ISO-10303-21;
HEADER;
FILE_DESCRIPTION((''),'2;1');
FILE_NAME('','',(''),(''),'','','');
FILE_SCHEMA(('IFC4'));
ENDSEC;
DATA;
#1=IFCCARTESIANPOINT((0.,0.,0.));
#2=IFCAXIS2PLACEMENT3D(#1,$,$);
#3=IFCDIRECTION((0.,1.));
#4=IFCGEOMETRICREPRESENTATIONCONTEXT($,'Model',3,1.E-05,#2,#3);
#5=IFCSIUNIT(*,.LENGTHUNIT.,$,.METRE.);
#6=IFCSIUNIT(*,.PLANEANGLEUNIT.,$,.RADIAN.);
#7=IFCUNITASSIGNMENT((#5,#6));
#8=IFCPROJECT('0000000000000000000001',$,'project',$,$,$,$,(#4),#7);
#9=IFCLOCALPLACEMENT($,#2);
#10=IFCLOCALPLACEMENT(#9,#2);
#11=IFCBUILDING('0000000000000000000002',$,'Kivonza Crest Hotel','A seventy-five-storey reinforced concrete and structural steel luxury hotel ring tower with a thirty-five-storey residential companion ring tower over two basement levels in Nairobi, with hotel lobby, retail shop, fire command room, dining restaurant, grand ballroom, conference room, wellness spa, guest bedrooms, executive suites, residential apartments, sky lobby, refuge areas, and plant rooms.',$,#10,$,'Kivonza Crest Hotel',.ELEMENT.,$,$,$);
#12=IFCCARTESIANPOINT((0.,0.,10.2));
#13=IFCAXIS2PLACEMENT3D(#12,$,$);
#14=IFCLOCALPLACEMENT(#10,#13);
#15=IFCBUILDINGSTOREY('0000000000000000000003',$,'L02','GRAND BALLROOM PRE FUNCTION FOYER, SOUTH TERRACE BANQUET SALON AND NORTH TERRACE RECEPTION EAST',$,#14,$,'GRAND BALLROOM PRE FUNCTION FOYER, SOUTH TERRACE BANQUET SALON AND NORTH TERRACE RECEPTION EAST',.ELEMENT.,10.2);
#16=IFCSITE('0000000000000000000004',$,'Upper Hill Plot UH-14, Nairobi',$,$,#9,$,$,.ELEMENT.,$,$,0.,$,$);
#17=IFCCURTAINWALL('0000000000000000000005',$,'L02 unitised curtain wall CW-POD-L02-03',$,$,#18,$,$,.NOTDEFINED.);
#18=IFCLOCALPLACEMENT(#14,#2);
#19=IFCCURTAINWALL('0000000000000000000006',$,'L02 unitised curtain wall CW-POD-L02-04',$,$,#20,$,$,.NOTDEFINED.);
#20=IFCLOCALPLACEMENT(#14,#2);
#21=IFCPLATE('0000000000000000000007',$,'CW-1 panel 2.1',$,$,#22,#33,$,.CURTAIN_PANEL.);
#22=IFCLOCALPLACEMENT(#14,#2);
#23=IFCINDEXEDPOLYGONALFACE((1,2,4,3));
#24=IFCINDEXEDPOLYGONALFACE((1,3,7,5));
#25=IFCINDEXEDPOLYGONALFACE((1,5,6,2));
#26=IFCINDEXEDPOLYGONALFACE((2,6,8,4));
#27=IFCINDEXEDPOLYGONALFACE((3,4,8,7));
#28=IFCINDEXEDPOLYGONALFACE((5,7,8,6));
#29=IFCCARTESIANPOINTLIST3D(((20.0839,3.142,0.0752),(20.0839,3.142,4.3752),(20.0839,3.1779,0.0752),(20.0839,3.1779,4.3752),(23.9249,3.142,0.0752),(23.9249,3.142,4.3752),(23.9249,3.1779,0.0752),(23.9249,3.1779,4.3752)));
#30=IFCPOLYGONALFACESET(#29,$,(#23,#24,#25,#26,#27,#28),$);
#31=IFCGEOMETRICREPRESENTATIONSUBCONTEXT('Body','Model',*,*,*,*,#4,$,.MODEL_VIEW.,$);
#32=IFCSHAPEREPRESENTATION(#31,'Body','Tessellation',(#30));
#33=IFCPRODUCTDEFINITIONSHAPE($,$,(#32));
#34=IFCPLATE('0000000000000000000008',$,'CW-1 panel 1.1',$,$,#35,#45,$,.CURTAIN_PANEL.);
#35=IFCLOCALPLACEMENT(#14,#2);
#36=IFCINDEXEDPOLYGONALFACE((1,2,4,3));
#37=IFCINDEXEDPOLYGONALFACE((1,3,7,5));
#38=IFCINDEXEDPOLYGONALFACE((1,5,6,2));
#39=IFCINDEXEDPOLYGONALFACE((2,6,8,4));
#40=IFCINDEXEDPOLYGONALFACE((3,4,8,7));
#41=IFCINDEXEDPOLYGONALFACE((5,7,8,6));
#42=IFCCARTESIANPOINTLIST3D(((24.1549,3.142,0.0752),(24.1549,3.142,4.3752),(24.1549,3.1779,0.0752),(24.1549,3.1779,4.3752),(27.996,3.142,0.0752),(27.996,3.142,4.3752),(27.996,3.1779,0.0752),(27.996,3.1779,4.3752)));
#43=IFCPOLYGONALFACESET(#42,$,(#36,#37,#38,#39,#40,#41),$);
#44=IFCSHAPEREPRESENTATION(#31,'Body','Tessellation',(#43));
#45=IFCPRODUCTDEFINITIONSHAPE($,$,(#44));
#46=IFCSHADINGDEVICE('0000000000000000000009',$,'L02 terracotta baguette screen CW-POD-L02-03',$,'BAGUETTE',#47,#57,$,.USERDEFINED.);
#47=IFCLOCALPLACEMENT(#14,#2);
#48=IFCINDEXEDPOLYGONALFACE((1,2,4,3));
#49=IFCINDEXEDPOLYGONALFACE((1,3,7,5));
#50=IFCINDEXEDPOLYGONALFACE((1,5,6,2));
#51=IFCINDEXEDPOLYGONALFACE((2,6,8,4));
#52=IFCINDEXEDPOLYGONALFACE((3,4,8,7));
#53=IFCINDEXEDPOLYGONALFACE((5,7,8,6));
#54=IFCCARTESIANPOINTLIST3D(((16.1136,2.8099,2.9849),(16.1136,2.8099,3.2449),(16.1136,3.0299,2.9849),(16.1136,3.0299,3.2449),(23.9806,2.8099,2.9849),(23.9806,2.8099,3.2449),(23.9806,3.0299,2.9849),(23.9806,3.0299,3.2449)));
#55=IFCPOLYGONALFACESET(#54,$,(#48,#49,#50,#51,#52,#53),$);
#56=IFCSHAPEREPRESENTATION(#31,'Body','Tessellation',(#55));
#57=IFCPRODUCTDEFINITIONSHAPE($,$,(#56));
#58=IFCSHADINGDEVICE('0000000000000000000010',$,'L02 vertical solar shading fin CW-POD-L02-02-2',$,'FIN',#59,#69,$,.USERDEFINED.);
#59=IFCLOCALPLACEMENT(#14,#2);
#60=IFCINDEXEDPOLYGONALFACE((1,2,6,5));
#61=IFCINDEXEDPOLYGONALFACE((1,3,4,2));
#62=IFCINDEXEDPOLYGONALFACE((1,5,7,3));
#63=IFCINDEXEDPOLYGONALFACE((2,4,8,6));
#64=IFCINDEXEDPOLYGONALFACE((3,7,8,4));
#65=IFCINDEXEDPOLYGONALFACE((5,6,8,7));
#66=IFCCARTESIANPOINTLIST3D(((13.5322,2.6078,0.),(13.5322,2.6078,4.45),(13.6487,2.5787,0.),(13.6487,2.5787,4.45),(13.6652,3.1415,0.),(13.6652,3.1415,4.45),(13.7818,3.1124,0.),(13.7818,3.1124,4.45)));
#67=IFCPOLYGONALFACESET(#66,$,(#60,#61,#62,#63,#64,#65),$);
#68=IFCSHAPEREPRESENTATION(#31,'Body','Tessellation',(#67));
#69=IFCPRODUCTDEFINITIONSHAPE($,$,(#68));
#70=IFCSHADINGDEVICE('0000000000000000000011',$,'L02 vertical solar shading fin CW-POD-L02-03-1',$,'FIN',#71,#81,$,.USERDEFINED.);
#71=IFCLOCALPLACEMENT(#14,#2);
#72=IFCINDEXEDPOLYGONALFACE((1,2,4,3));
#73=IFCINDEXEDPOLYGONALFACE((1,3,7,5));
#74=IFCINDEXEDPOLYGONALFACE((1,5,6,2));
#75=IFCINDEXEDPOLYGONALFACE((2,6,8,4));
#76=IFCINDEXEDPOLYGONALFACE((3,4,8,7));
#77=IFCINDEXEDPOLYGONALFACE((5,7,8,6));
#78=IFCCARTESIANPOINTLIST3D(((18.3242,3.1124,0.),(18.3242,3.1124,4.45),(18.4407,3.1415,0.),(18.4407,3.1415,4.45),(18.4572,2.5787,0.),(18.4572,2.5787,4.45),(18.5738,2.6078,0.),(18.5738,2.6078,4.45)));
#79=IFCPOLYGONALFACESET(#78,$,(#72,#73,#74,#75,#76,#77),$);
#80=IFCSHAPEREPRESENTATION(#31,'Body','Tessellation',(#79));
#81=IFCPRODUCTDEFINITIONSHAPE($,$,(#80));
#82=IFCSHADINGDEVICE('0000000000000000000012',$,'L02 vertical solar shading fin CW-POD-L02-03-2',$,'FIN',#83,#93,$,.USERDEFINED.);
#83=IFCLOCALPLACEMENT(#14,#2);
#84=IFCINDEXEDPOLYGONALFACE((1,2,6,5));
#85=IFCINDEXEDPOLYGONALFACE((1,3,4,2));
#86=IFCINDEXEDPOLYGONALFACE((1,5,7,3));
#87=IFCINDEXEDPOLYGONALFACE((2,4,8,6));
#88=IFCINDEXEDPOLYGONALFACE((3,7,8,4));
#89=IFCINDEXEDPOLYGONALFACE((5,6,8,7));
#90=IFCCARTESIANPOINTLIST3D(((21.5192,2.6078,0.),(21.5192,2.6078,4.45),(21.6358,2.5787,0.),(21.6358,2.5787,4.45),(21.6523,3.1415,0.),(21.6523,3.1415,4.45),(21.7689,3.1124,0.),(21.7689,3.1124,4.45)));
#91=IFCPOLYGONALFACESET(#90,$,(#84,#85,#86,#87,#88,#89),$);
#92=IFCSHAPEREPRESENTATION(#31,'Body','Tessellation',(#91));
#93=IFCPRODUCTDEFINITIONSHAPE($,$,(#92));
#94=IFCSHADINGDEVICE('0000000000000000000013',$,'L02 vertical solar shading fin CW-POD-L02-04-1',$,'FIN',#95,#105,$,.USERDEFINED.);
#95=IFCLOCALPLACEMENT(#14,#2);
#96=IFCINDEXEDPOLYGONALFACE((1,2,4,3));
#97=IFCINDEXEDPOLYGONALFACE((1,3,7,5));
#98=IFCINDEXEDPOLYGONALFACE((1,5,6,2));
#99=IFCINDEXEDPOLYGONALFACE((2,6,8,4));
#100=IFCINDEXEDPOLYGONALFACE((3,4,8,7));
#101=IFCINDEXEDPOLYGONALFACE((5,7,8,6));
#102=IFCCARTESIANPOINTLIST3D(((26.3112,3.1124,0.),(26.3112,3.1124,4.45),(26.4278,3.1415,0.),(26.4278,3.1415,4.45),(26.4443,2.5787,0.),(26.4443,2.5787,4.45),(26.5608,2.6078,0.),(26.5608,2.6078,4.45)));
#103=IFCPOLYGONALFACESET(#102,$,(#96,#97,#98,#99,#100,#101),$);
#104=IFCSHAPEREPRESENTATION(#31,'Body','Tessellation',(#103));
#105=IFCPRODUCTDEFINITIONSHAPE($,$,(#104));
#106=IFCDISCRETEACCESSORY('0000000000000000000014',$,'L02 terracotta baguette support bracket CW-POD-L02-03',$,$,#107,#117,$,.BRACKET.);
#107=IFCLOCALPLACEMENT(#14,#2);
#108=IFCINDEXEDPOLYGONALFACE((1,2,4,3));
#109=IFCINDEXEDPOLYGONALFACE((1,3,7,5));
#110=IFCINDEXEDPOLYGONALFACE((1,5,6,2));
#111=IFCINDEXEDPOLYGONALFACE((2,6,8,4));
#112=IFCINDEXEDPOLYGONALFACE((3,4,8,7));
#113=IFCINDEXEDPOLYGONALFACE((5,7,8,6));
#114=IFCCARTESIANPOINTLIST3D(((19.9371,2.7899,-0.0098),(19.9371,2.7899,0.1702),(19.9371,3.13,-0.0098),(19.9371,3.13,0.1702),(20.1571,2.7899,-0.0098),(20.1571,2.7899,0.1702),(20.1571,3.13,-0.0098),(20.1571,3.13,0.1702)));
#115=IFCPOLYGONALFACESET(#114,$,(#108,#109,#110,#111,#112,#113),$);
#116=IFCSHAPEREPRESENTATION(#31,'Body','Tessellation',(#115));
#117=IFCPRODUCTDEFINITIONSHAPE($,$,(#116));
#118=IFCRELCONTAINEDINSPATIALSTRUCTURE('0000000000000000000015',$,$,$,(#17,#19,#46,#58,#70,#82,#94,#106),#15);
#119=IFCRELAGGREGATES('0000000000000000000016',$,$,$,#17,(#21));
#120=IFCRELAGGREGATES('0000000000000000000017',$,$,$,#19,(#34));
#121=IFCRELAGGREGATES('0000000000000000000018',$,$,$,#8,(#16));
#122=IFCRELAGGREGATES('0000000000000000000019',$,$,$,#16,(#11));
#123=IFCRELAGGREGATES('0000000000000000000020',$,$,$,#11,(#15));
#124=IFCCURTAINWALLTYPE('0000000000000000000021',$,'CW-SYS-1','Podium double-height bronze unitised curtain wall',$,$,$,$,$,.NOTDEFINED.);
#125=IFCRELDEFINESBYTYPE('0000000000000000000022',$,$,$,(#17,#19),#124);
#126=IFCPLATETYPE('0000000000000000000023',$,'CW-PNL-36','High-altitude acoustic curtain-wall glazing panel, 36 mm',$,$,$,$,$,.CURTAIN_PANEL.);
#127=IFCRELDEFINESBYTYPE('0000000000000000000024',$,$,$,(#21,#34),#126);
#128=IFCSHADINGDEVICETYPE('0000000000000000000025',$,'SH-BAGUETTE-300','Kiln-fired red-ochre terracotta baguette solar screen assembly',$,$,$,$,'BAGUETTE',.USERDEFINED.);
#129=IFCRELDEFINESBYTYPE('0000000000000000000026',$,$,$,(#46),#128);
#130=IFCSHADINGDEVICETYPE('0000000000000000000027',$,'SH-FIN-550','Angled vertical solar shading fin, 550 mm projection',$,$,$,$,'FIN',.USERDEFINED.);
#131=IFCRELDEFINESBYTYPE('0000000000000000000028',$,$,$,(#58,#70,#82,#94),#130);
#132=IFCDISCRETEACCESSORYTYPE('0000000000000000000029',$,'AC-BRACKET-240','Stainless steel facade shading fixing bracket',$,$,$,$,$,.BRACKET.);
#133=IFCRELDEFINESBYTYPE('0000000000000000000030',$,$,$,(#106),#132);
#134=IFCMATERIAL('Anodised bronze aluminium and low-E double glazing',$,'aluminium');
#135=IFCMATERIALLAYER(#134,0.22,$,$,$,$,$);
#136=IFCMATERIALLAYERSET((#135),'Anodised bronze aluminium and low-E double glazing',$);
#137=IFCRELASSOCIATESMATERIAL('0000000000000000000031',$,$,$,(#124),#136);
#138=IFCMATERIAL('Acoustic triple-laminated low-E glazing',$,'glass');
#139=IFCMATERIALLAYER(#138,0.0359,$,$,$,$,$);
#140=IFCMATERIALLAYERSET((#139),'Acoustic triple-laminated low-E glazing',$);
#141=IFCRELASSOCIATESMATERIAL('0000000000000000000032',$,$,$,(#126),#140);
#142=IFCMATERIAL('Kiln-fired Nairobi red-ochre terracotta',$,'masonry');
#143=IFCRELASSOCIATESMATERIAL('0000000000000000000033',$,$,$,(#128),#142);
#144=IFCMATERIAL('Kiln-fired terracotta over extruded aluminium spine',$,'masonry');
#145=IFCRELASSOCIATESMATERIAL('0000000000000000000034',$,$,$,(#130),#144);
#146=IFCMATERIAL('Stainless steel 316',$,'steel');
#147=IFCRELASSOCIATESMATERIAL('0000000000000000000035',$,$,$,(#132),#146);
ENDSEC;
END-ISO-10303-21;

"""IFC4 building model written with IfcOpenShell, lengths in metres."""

from ifc_helpers import new_model, si_unit, direction, frame, origin, origin_2d, place, context, subcontext, project, spatial, rectangle, extrude, material, layer, layer_set, type_object, element, aggregate, save


model = new_model("IFC4")

# Units and contexts
model_context = context("Model", 3, precision=1e-05, world=origin(), true_north=direction((0.0, 1.0)))
body_context = subcontext(model_context, "Body", "Model", "MODEL_VIEW")
ifc_project = project(units=[si_unit("LENGTHUNIT", "METRE"), si_unit("PLANEANGLEUNIT", "RADIAN")], contexts=[model_context])

# Site, building, storey
site_placement = place(None, origin())
site = spatial("IfcSite", under=ifc_project, at=site_placement, Name="Upper Hill Plot UH-14, Nairobi", CompositionType="ELEMENT", RefElevation=0.0)
building_placement = place(site_placement, origin())
building = spatial("IfcBuilding", under=site, at=building_placement, Name="Kivonza Crest Hotel", Description="A seventy-five-storey reinforced concrete and structural steel luxury hotel ring tower with a thirty-five-storey residential companion ring tower over two basement levels in Nairobi, with hotel lobby, retail shop, fire command room, dining restaurant, grand ballroom, conference room, wellness spa, guest bedrooms, executive suites, residential apartments, sky lobby, refuge areas, and plant rooms.", LongName="Kivonza Crest Hotel", CompositionType="ELEMENT")
storey_placement = place(building_placement, frame((0.0, 0.0, 10.2)))
storey = spatial("IfcBuildingStorey", under=building, at=storey_placement, Name="L02", Description="GRAND BALLROOM PRE FUNCTION FOYER, SOUTH TERRACE BANQUET SALON AND NORTH TERRACE RECEPTION EAST", LongName="GRAND BALLROOM PRE FUNCTION FOYER, SOUTH TERRACE BANQUET SALON AND NORTH TERRACE RECEPTION EAST", CompositionType="ELEMENT", Elevation=10.2)

# Shared definitions
ifc_material_1 = material(Name="Anodised bronze aluminium and low-E double glazing", Category="aluminium")
ifc_layer_1 = layer(ifc_material_1, 0.22)
ifc_layer_set_1 = layer_set([ifc_layer_1], Name="Anodised bronze aluminium and low-E double glazing")
curtain_wall_type = type_object("IfcCurtainWallType", Name="CW-SYS-1", Description="Podium double-height bronze unitised curtain wall", PredefinedType="NOTDEFINED", material=ifc_layer_set_1)

# Curtain wall
curtain_wall_1_placement = place(storey_placement, origin())
curtain_wall_1 = element("IfcCurtainWall", 1, at=curtain_wall_1_placement, inside=storey, type_object=curtain_wall_type, Name="L02 unitised curtain wall CW-POD-L02-03", PredefinedType="NOTDEFINED")

# Curtain wall
curtain_wall_2_placement = place(storey_placement, origin())
curtain_wall_2 = element("IfcCurtainWall", 2, at=curtain_wall_2_placement, inside=storey, type_object=curtain_wall_type, Name="L02 unitised curtain wall CW-POD-L02-04", PredefinedType="NOTDEFINED")

# Plates
ifc_material_2 = material(Name="Acoustic triple-laminated low-E glazing", Category="glass")
ifc_layer_2 = layer(ifc_material_2, 0.0359)
ifc_layer_set_2 = layer_set([ifc_layer_2], Name="Acoustic triple-laminated low-E glazing")
plate_type = type_object("IfcPlateType", Name="CW-PNL-36", Description="High-altitude acoustic curtain-wall glazing panel, 36 mm", PredefinedType="CURTAIN_PANEL", material=ifc_layer_set_2)
plate_1_placement = place(storey_placement, frame((22.0044, 3.1599, 0.0752), z_axis=(0.0, 0.0, 1.0), x_axis=(1.0, 0.0, 0.0)))
plate_1 = element("IfcPlate", 3, at=plate_1_placement, type_object=plate_type, Name="CW-1 panel 2.1", PredefinedType="CURTAIN_PANEL", context=body_context, shape_type="SweptSolid", body=[
    extrude(rectangle(XDim=3.8411, YDim=0.0359, at=origin_2d()), origin(), (0.0, 0.0, 1.0), 4.3),
])
aggregate(curtain_wall_1, [plate_1])
plate_2_placement = place(storey_placement, frame((26.0754, 3.1599, 0.0752), z_axis=(0.0, 0.0, 1.0), x_axis=(1.0, 0.0, 0.0)))
plate_2 = element("IfcPlate", 4, at=plate_2_placement, type_object=plate_type, Name="CW-1 panel 1.1", PredefinedType="CURTAIN_PANEL", context=body_context, shape_type="SweptSolid", body=[
    extrude(rectangle(XDim=3.8411, YDim=0.0359, at=origin_2d()), origin(), (0.0, 0.0, 1.0), 4.3),
])
aggregate(curtain_wall_2, [plate_2])

# Shading devices
ifc_material_3 = material(Name="Kiln-fired Nairobi red-ochre terracotta", Category="masonry")
shading_device_type_1 = type_object("IfcShadingDeviceType", Name="SH-BAGUETTE-300", Description="Kiln-fired red-ochre terracotta baguette solar screen assembly", ElementType="BAGUETTE", PredefinedType="USERDEFINED", material=ifc_material_3)
shading_device_placement = place(storey_placement, frame((20.0471, 2.9199, 2.9849), z_axis=(0.0, 0.0, 1.0), x_axis=(1.0, 0.0, 0.0)))
element("IfcShadingDevice", 5, at=shading_device_placement, inside=storey, type_object=shading_device_type_1, Name="L02 terracotta baguette screen CW-POD-L02-03", ObjectType="BAGUETTE", PredefinedType="USERDEFINED", context=body_context, shape_type="SweptSolid", body=[
    extrude(rectangle(XDim=7.8669, YDim=0.22, at=origin_2d()), origin(), (0.0, 0.0, 1.0), 0.26),
])
ifc_material_4 = material(Name="Kiln-fired terracotta over extruded aluminium spine", Category="masonry")
shading_device_type_2 = type_object("IfcShadingDeviceType", Name="SH-FIN-550", Description="Angled vertical solar shading fin, 550 mm projection", ElementType="FIN", PredefinedType="USERDEFINED", material=ifc_material_4)
for number, where, z_axis, x_axis, name in (
    (6, (13.657, 2.8601, 0.0), (0.0, 0.0, 1.0), (0.970296, -0.241922, 0.0), "L02 vertical solar shading fin CW-POD-L02-02-2"),
    (7, (18.449, 2.8601, 0.0), (0.0, 0.0, 1.0), (0.970296, 0.241922, 0.0), "L02 vertical solar shading fin CW-POD-L02-03-1"),
    (8, (21.644, 2.8601, 0.0), (0.0, 0.0, 1.0), (0.970296, -0.241922, 0.0), "L02 vertical solar shading fin CW-POD-L02-03-2"),
    (9, (26.436, 2.8601, 0.0), (0.0, 0.0, 1.0), (0.970296, 0.241922, 0.0), "L02 vertical solar shading fin CW-POD-L02-04-1"),
):
    element("IfcShadingDevice", number, at=place(storey_placement, frame(where, z_axis=z_axis, x_axis=x_axis)), inside=storey, type_object=shading_device_type_2, Name=name, ObjectType="FIN", PredefinedType="USERDEFINED", context=body_context, shape_type="SweptSolid", body=[
        extrude(rectangle(XDim=0.1201, YDim=0.55, at=origin_2d()), origin(), (0.0, 0.0, 1.0), 4.45),
    ])

# Discrete accessory
ifc_material_5 = material(Name="Stainless steel 316", Category="steel")
discrete_accessory_type = type_object("IfcDiscreteAccessoryType", Name="AC-BRACKET-240", Description="Stainless steel facade shading fixing bracket", PredefinedType="BRACKET", material=ifc_material_5)
discrete_accessory_placement = place(storey_placement, frame((20.0471, 2.96, -0.0098), z_axis=(0.0, 0.0, 1.0), x_axis=(1.0, 0.0, 0.0)))
element("IfcDiscreteAccessory", 10, at=discrete_accessory_placement, inside=storey, type_object=discrete_accessory_type, Name="L02 terracotta baguette support bracket CW-POD-L02-03", PredefinedType="BRACKET", context=body_context, shape_type="SweptSolid", body=[
    extrude(rectangle(XDim=0.22, YDim=0.3401, at=origin_2d()), origin(), (0.0, 0.0, 1.0), 0.1799),
])

save(model, "model.ifc")
